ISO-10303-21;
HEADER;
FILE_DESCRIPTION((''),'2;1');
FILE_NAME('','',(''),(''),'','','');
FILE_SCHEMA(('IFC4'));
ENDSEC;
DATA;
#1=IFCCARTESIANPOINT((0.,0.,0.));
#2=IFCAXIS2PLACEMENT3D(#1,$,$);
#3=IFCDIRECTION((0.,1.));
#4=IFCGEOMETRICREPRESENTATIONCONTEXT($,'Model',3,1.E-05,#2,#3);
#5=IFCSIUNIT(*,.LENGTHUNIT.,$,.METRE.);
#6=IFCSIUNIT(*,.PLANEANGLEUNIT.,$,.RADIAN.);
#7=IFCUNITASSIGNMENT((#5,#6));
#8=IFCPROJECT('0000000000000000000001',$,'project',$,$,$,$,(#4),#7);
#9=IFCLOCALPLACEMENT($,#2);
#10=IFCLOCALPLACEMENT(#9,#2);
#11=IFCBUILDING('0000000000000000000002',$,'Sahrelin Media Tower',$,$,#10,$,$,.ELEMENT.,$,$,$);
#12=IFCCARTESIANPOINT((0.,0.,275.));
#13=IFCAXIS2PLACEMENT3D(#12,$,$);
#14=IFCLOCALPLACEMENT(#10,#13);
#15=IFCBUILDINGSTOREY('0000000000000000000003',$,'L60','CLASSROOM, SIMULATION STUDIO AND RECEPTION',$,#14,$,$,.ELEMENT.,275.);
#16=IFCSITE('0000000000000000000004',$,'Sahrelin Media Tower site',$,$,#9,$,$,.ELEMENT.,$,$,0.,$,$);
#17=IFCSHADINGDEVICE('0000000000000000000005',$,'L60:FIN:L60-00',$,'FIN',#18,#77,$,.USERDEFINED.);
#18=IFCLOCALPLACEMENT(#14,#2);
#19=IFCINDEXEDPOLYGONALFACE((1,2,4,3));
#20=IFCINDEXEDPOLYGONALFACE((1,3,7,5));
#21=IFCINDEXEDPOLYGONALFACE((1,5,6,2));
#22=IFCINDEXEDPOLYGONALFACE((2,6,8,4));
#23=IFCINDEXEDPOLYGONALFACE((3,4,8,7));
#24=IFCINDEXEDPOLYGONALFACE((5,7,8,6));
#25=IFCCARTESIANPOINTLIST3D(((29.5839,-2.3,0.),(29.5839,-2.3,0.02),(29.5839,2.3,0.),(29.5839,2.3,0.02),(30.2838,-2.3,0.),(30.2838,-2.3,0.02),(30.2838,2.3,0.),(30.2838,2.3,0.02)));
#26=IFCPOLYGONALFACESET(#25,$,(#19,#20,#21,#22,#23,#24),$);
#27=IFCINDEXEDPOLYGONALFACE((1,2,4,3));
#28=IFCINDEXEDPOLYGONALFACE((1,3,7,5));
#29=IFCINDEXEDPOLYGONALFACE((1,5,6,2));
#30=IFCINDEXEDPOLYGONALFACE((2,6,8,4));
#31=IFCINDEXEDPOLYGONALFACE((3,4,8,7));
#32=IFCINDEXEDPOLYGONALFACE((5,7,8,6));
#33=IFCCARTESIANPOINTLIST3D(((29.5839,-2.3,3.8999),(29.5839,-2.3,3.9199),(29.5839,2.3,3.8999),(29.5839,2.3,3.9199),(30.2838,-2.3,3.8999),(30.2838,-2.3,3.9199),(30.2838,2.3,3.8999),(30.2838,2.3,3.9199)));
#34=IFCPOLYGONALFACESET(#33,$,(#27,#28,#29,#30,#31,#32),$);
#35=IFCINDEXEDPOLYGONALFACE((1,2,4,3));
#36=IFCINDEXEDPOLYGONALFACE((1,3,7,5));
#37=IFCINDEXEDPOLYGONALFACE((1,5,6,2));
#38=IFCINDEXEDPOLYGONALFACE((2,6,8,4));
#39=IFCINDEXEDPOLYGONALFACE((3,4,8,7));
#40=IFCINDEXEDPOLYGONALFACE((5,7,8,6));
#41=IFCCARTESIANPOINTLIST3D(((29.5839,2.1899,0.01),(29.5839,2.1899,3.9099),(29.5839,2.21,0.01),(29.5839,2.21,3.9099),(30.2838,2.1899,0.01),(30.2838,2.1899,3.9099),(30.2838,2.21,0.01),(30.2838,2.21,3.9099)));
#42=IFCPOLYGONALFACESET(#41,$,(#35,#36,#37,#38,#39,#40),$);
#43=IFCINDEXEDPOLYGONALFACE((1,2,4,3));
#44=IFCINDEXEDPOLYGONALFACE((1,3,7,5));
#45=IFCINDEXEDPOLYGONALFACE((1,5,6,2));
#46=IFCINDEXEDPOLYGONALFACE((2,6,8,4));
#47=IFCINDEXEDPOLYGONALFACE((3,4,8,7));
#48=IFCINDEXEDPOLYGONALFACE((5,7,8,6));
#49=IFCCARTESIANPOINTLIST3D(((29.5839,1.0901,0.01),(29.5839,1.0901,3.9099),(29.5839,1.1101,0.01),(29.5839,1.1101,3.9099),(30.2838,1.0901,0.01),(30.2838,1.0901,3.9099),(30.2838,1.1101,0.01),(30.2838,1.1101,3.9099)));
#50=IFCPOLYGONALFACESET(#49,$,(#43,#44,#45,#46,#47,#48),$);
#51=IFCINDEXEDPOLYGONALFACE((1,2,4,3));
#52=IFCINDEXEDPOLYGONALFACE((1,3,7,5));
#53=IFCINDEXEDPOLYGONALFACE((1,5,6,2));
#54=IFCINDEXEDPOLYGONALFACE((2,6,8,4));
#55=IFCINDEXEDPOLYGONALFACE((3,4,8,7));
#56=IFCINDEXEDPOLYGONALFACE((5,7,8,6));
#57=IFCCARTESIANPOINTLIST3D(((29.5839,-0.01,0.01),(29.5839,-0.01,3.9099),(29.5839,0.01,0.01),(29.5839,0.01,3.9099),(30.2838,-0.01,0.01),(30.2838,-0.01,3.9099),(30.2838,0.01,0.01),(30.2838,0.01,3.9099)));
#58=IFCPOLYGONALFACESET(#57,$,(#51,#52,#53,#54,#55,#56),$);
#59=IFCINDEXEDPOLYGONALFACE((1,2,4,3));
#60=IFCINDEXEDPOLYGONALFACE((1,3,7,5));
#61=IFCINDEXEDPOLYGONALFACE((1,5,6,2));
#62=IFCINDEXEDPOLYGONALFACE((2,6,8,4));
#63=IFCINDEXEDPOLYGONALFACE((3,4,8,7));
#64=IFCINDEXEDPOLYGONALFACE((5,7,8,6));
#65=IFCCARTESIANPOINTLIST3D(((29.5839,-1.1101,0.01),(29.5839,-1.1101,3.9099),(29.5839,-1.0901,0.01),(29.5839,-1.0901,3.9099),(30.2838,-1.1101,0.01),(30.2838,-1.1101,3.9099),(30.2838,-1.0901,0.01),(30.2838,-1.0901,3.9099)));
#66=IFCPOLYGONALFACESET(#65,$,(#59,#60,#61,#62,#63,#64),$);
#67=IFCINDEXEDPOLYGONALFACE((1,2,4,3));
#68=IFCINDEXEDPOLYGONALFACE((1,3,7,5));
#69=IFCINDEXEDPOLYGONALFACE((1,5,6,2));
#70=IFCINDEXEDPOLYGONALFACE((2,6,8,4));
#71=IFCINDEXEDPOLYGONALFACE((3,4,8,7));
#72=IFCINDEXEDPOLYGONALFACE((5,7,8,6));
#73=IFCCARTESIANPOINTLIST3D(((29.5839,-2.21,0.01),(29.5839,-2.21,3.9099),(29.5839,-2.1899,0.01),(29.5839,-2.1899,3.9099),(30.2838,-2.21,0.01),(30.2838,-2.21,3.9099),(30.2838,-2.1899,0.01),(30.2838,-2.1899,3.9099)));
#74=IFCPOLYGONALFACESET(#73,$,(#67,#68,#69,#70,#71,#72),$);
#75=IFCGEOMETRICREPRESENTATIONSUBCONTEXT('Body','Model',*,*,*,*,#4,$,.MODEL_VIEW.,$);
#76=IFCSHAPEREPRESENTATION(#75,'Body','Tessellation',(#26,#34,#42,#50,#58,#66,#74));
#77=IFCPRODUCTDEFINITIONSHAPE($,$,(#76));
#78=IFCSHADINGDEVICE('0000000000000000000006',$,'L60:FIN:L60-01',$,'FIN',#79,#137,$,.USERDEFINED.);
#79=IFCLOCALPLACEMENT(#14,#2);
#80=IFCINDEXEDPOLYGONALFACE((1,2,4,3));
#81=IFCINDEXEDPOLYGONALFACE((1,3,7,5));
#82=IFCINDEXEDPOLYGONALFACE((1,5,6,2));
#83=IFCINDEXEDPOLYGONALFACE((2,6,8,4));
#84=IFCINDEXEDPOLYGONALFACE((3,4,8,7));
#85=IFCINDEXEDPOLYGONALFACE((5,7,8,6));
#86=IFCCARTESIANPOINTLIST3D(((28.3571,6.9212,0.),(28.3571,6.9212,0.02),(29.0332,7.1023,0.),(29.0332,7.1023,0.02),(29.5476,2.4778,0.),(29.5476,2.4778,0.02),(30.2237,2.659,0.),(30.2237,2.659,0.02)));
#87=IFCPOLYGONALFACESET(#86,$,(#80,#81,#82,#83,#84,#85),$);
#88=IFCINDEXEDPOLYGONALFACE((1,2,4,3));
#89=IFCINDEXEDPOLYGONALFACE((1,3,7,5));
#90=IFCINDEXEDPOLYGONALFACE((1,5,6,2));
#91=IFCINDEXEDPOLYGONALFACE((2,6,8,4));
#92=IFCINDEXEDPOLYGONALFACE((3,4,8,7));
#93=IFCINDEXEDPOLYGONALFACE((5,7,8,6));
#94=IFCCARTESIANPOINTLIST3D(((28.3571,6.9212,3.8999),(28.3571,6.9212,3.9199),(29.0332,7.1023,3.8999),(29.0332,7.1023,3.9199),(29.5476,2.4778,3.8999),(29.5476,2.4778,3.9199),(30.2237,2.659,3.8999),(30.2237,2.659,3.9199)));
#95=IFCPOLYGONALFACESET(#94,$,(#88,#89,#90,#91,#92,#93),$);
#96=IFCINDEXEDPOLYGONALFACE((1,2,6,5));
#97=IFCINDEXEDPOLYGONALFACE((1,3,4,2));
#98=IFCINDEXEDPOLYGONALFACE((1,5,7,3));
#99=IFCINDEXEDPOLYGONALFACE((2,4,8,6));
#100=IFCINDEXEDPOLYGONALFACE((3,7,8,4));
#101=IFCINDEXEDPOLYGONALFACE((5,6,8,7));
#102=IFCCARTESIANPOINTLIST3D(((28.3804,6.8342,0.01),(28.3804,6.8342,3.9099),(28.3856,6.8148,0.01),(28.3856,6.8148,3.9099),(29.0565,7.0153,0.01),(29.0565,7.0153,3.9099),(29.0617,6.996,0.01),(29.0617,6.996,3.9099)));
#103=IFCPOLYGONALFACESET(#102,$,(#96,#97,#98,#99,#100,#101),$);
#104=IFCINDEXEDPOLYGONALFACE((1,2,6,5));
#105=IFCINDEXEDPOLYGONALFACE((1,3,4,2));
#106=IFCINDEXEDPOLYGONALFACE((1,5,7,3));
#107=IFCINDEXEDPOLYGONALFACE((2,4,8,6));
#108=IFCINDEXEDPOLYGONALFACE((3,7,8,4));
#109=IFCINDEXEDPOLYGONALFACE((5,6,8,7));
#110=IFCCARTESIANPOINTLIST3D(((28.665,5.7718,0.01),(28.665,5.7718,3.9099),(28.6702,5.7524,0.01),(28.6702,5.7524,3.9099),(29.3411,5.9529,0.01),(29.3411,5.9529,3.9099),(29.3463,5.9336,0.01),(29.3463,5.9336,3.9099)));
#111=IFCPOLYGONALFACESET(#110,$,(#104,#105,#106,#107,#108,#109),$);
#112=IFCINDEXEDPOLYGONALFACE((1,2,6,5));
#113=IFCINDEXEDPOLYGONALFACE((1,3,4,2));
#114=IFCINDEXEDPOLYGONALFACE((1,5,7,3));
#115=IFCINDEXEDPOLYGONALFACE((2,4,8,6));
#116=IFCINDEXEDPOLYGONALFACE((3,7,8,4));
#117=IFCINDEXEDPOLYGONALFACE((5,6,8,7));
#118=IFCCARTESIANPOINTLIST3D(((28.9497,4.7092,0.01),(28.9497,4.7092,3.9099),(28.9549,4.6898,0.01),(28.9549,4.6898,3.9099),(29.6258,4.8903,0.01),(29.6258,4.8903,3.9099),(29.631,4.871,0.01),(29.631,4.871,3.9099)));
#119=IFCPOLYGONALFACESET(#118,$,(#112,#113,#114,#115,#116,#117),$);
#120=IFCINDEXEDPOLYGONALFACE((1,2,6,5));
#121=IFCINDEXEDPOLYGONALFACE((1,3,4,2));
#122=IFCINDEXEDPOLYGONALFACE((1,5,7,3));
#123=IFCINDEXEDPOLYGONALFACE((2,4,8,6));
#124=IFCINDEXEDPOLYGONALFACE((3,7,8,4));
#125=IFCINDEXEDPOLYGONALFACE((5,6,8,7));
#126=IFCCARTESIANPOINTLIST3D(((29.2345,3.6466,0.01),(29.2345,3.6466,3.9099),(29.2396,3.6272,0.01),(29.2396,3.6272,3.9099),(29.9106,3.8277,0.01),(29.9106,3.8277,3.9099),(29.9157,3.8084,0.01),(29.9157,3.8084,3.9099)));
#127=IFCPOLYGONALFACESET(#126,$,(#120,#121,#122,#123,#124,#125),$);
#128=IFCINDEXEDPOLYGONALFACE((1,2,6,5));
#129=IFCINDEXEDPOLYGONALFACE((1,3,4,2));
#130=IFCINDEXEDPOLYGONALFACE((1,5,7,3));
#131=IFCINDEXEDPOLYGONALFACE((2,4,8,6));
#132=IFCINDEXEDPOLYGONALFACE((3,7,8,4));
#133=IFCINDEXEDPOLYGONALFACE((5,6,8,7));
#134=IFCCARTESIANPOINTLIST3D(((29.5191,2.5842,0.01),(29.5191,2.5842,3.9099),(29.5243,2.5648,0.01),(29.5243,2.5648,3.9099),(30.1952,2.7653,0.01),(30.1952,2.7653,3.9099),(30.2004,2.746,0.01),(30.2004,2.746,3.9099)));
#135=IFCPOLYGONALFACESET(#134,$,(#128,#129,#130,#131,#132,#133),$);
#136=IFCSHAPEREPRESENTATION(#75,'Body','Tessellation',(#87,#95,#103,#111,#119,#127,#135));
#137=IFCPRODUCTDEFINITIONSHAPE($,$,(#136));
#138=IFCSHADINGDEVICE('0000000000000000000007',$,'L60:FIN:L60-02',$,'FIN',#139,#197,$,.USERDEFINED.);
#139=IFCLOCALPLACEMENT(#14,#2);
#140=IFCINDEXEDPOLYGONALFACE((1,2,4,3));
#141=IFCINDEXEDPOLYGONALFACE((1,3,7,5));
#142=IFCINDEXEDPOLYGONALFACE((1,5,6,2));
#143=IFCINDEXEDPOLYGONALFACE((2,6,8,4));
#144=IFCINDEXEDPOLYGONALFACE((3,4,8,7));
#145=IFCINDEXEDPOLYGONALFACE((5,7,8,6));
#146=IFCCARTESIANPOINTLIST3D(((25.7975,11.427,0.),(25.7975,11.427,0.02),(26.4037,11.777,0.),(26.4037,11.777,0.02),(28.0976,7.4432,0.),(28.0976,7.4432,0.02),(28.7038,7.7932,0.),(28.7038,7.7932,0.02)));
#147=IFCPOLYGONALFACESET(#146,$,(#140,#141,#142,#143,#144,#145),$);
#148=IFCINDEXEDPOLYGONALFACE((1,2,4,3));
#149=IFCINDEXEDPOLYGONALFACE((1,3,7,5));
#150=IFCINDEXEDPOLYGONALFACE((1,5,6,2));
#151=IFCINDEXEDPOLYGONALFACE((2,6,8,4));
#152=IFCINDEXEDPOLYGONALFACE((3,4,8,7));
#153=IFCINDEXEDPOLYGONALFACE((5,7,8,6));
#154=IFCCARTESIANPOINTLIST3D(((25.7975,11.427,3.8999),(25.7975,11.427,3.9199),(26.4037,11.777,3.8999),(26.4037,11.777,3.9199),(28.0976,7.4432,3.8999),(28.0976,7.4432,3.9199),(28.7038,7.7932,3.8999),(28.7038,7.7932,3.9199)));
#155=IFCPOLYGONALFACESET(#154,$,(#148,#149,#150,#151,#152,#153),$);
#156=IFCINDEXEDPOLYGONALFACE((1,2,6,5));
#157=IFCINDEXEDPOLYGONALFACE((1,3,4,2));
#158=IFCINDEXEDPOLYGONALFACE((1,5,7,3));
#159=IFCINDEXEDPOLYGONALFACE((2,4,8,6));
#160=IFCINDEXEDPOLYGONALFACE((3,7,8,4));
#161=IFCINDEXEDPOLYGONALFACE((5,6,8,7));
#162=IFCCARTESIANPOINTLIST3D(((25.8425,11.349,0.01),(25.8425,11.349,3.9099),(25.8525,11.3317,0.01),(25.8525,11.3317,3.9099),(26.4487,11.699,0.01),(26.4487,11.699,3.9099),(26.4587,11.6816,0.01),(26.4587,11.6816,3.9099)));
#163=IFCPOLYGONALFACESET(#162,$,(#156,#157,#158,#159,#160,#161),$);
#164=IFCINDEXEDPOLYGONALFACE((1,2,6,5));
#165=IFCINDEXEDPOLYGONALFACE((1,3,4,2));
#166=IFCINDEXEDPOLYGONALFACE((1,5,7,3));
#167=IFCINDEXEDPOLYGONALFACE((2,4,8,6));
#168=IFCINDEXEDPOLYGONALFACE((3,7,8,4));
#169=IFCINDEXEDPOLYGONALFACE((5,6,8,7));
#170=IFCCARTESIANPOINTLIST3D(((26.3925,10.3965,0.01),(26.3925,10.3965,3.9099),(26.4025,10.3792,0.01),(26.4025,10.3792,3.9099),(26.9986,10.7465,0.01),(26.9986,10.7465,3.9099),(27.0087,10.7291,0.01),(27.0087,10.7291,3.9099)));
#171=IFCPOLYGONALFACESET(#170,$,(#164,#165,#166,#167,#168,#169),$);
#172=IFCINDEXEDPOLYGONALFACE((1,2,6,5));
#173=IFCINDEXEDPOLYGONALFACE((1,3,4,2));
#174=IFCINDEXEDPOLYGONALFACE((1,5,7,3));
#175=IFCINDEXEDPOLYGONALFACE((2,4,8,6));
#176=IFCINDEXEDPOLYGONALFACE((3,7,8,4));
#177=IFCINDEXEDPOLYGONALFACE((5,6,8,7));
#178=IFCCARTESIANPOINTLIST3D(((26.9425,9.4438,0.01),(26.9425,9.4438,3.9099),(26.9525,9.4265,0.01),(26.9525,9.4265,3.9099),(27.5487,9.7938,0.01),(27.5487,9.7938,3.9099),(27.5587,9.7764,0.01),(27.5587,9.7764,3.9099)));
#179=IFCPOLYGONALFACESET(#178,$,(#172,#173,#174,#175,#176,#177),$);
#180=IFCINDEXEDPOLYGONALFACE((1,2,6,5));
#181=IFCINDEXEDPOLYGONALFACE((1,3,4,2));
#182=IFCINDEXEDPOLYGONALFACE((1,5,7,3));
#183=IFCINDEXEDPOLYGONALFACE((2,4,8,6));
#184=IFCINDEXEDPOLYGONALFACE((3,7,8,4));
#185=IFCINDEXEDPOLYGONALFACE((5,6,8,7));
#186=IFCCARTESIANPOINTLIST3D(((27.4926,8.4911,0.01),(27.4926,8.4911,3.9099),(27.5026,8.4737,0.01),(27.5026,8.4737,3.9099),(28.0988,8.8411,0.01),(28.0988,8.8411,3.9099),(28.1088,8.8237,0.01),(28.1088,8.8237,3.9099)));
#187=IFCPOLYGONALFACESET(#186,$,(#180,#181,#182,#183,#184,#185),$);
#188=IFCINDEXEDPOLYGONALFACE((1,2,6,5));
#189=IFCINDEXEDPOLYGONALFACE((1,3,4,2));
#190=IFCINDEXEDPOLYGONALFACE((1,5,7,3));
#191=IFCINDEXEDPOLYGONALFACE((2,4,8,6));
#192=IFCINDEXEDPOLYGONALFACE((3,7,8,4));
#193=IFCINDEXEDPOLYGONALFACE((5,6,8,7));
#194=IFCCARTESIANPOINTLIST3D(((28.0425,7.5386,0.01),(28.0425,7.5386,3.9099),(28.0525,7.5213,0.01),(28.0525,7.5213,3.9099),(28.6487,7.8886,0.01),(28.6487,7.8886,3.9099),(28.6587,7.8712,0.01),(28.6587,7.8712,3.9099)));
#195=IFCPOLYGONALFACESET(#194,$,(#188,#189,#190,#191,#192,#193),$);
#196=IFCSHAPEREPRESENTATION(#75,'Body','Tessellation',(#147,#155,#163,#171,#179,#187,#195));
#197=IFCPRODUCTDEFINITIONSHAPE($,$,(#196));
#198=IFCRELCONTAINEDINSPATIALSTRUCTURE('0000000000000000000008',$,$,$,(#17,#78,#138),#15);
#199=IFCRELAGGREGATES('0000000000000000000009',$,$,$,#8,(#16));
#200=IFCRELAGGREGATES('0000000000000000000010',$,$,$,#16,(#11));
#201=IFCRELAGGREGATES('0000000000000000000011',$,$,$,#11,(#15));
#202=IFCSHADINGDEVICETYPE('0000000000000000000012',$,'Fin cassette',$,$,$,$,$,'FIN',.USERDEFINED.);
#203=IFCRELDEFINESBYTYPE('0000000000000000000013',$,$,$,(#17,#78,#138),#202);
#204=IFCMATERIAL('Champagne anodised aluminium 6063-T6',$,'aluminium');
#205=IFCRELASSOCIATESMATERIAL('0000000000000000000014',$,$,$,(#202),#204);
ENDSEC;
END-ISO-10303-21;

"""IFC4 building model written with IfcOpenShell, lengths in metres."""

from ifc_helpers import new_model, si_unit, direction, frame, origin, origin_2d, place, context, subcontext, project, spatial, rectangle, extrude, material, type_object, element, save


model = new_model("IFC4")

# Units and contexts
model_context = context("Model", 3, precision=1e-05, world=origin(), true_north=direction((0.0, 1.0)))
body_context = subcontext(model_context, "Body", "Model", "MODEL_VIEW")
ifc_project = project(units=[si_unit("LENGTHUNIT", "METRE"), si_unit("PLANEANGLEUNIT", "RADIAN")], contexts=[model_context])

# Site, building, storey
site_placement = place(None, origin())
site = spatial("IfcSite", under=ifc_project, at=site_placement, Name="Sahrelin Media Tower site", CompositionType="ELEMENT", RefElevation=0.0)
building_placement = place(site_placement, origin())
building = spatial("IfcBuilding", under=site, at=building_placement, Name="Sahrelin Media Tower", CompositionType="ELEMENT")
storey_placement = place(building_placement, frame((0.0, 0.0, 275.0)))
storey = spatial("IfcBuildingStorey", under=building, at=storey_placement, Name="L60", Description="CLASSROOM, SIMULATION STUDIO AND RECEPTION", CompositionType="ELEMENT", Elevation=275.0)

# Shared definitions
ifc_material_1 = material(Name="Champagne anodised aluminium 6063-T6", Category="aluminium")

# Shading devices
shading_device_type_1 = type_object("IfcShadingDeviceType", Name="Fin cassette", ElementType="FIN", PredefinedType="USERDEFINED", material=ifc_material_1)
placement_1 = place(storey_placement, frame((29.5139, 0.0, 0.0), z_axis=(0.0, 0.0, 1.0), x_axis=(0.0, -1.0, 0.0)))
element("IfcShadingDevice", 1, at=placement_1, inside=storey, type_object=shading_device_type_1, Name="L60:FIN:L60-00", ObjectType="FIN", PredefinedType="USERDEFINED", context=body_context, shape_type="SweptSolid", body=[
    extrude(rectangle(XDim=4.6001, YDim=0.7, at=origin_2d()), frame((0.0, 0.4199, 0.0)), (0.0, 0.0, 1.0), 0.02),
    extrude(rectangle(XDim=4.6001, YDim=0.7, at=origin_2d()), frame((0.0, 0.4199, 3.8999)), (0.0, 0.0, 1.0), 0.02),
    extrude(rectangle(XDim=0.02, YDim=0.7, at=origin_2d()), frame((-2.2, 0.4199, 0.01), z_axis=(0.0, 0.0, 1.0), x_axis=(1.0, 0.0, 0.0)), (0.0, 0.0, 1.0), 3.8999),
    extrude(rectangle(XDim=0.02, YDim=0.7, at=origin_2d()), frame((-1.1001, 0.4199, 0.01), z_axis=(0.0, 0.0, 1.0), x_axis=(1.0, 0.0, 0.0)), (0.0, 0.0, 1.0), 3.8999),
    extrude(rectangle(XDim=0.02, YDim=0.7, at=origin_2d()), frame((0.0, 0.4199, 0.01), z_axis=(0.0, 0.0, 1.0), x_axis=(1.0, 0.0, 0.0)), (0.0, 0.0, 1.0), 3.8999),
    extrude(rectangle(XDim=0.02, YDim=0.7, at=origin_2d()), frame((1.1001, 0.4199, 0.01), z_axis=(0.0, 0.0, 1.0), x_axis=(1.0, 0.0, 0.0)), (0.0, 0.0, 1.0), 3.8999),
    extrude(rectangle(XDim=0.02, YDim=0.7, at=origin_2d()), frame((2.2, 0.4199, 0.01), z_axis=(0.0, 0.0, 1.0), x_axis=(1.0, 0.0, 0.0)), (0.0, 0.0, 1.0), 3.8999),
])
placement_2 = place(storey_placement, frame((28.8848, 4.6814, 0.0), z_axis=(0.0, 0.0, 1.0), x_axis=(0.258808, -0.965929, 0.0)))
element("IfcShadingDevice", 2, at=placement_2, inside=storey, type_object=shading_device_type_1, Name="L60:FIN:L60-01", ObjectType="FIN", PredefinedType="USERDEFINED", context=body_context, shape_type="SweptSolid", body=[
    extrude(rectangle(XDim=4.6001, YDim=0.7, at=origin_2d()), frame((0.0, 0.4199, 0.0)), (0.0, 0.0, 1.0), 0.02),
    extrude(rectangle(XDim=4.6001, YDim=0.7, at=origin_2d()), frame((0.0, 0.4199, 3.8999)), (0.0, 0.0, 1.0), 0.02),
    extrude(rectangle(XDim=0.02, YDim=0.7, at=origin_2d()), frame((-2.2, 0.4199, 0.01), z_axis=(0.0, 0.0, 1.0), x_axis=(1.0, 0.0, 0.0)), (0.0, 0.0, 1.0), 3.8999),
    extrude(rectangle(XDim=0.02, YDim=0.7, at=origin_2d()), frame((-1.1001, 0.4199, 0.01), z_axis=(0.0, 0.0, 1.0), x_axis=(1.0, 0.0, 0.0)), (0.0, 0.0, 1.0), 3.8999),
    extrude(rectangle(XDim=0.02, YDim=0.7, at=origin_2d()), frame((0.0, 0.4199, 0.01), z_axis=(0.0, 0.0, 1.0), x_axis=(1.0, 0.0, 0.0)), (0.0, 0.0, 1.0), 3.8999),
    extrude(rectangle(XDim=0.02, YDim=0.7, at=origin_2d()), frame((1.1001, 0.4199, 0.01), z_axis=(0.0, 0.0, 1.0), x_axis=(1.0, 0.0, 0.0)), (0.0, 0.0, 1.0), 3.8999),
    extrude(rectangle(XDim=0.02, YDim=0.7, at=origin_2d()), frame((2.2, 0.4199, 0.01), z_axis=(0.0, 0.0, 1.0), x_axis=(1.0, 0.0, 0.0)), (0.0, 0.0, 1.0), 3.8999),
])
placement_3 = place(storey_placement, frame((26.887, 9.4001, 0.0), z_axis=(0.0, 0.0, 1.0), x_axis=(0.500011, -0.866019, 0.0)))
element("IfcShadingDevice", 3, at=placement_3, inside=storey, type_object=shading_device_type_1, Name="L60:FIN:L60-02", ObjectType="FIN", PredefinedType="USERDEFINED", context=body_context, shape_type="SweptSolid", body=[
    extrude(rectangle(XDim=4.6001, YDim=0.7, at=origin_2d()), frame((0.0, 0.4199, 0.0)), (0.0, 0.0, 1.0), 0.02),
    extrude(rectangle(XDim=4.6001, YDim=0.7, at=origin_2d()), frame((0.0, 0.4199, 3.8999)), (0.0, 0.0, 1.0), 0.02),
    extrude(rectangle(XDim=0.02, YDim=0.7, at=origin_2d()), frame((-2.2, 0.4199, 0.01), z_axis=(0.0, 0.0, 1.0), x_axis=(1.0, 0.0, 0.0)), (0.0, 0.0, 1.0), 3.8999),
    extrude(rectangle(XDim=0.02, YDim=0.7, at=origin_2d()), frame((-1.1001, 0.4199, 0.01), z_axis=(0.0, 0.0, 1.0), x_axis=(1.0, 0.0, 0.0)), (0.0, 0.0, 1.0), 3.8999),
    extrude(rectangle(XDim=0.02, YDim=0.7, at=origin_2d()), frame((0.0, 0.4199, 0.01), z_axis=(0.0, 0.0, 1.0), x_axis=(1.0, 0.0, 0.0)), (0.0, 0.0, 1.0), 3.8999),
    extrude(rectangle(XDim=0.02, YDim=0.7, at=origin_2d()), frame((1.1001, 0.4199, 0.01), z_axis=(0.0, 0.0, 1.0), x_axis=(1.0, 0.0, 0.0)), (0.0, 0.0, 1.0), 3.8999),
    extrude(rectangle(XDim=0.02, YDim=0.7, at=origin_2d()), frame((2.2, 0.4199, 0.01), z_axis=(0.0, 0.0, 1.0), x_axis=(1.0, 0.0, 0.0)), (0.0, 0.0, 1.0), 3.8999),
])

save(model, "model.ifc")
